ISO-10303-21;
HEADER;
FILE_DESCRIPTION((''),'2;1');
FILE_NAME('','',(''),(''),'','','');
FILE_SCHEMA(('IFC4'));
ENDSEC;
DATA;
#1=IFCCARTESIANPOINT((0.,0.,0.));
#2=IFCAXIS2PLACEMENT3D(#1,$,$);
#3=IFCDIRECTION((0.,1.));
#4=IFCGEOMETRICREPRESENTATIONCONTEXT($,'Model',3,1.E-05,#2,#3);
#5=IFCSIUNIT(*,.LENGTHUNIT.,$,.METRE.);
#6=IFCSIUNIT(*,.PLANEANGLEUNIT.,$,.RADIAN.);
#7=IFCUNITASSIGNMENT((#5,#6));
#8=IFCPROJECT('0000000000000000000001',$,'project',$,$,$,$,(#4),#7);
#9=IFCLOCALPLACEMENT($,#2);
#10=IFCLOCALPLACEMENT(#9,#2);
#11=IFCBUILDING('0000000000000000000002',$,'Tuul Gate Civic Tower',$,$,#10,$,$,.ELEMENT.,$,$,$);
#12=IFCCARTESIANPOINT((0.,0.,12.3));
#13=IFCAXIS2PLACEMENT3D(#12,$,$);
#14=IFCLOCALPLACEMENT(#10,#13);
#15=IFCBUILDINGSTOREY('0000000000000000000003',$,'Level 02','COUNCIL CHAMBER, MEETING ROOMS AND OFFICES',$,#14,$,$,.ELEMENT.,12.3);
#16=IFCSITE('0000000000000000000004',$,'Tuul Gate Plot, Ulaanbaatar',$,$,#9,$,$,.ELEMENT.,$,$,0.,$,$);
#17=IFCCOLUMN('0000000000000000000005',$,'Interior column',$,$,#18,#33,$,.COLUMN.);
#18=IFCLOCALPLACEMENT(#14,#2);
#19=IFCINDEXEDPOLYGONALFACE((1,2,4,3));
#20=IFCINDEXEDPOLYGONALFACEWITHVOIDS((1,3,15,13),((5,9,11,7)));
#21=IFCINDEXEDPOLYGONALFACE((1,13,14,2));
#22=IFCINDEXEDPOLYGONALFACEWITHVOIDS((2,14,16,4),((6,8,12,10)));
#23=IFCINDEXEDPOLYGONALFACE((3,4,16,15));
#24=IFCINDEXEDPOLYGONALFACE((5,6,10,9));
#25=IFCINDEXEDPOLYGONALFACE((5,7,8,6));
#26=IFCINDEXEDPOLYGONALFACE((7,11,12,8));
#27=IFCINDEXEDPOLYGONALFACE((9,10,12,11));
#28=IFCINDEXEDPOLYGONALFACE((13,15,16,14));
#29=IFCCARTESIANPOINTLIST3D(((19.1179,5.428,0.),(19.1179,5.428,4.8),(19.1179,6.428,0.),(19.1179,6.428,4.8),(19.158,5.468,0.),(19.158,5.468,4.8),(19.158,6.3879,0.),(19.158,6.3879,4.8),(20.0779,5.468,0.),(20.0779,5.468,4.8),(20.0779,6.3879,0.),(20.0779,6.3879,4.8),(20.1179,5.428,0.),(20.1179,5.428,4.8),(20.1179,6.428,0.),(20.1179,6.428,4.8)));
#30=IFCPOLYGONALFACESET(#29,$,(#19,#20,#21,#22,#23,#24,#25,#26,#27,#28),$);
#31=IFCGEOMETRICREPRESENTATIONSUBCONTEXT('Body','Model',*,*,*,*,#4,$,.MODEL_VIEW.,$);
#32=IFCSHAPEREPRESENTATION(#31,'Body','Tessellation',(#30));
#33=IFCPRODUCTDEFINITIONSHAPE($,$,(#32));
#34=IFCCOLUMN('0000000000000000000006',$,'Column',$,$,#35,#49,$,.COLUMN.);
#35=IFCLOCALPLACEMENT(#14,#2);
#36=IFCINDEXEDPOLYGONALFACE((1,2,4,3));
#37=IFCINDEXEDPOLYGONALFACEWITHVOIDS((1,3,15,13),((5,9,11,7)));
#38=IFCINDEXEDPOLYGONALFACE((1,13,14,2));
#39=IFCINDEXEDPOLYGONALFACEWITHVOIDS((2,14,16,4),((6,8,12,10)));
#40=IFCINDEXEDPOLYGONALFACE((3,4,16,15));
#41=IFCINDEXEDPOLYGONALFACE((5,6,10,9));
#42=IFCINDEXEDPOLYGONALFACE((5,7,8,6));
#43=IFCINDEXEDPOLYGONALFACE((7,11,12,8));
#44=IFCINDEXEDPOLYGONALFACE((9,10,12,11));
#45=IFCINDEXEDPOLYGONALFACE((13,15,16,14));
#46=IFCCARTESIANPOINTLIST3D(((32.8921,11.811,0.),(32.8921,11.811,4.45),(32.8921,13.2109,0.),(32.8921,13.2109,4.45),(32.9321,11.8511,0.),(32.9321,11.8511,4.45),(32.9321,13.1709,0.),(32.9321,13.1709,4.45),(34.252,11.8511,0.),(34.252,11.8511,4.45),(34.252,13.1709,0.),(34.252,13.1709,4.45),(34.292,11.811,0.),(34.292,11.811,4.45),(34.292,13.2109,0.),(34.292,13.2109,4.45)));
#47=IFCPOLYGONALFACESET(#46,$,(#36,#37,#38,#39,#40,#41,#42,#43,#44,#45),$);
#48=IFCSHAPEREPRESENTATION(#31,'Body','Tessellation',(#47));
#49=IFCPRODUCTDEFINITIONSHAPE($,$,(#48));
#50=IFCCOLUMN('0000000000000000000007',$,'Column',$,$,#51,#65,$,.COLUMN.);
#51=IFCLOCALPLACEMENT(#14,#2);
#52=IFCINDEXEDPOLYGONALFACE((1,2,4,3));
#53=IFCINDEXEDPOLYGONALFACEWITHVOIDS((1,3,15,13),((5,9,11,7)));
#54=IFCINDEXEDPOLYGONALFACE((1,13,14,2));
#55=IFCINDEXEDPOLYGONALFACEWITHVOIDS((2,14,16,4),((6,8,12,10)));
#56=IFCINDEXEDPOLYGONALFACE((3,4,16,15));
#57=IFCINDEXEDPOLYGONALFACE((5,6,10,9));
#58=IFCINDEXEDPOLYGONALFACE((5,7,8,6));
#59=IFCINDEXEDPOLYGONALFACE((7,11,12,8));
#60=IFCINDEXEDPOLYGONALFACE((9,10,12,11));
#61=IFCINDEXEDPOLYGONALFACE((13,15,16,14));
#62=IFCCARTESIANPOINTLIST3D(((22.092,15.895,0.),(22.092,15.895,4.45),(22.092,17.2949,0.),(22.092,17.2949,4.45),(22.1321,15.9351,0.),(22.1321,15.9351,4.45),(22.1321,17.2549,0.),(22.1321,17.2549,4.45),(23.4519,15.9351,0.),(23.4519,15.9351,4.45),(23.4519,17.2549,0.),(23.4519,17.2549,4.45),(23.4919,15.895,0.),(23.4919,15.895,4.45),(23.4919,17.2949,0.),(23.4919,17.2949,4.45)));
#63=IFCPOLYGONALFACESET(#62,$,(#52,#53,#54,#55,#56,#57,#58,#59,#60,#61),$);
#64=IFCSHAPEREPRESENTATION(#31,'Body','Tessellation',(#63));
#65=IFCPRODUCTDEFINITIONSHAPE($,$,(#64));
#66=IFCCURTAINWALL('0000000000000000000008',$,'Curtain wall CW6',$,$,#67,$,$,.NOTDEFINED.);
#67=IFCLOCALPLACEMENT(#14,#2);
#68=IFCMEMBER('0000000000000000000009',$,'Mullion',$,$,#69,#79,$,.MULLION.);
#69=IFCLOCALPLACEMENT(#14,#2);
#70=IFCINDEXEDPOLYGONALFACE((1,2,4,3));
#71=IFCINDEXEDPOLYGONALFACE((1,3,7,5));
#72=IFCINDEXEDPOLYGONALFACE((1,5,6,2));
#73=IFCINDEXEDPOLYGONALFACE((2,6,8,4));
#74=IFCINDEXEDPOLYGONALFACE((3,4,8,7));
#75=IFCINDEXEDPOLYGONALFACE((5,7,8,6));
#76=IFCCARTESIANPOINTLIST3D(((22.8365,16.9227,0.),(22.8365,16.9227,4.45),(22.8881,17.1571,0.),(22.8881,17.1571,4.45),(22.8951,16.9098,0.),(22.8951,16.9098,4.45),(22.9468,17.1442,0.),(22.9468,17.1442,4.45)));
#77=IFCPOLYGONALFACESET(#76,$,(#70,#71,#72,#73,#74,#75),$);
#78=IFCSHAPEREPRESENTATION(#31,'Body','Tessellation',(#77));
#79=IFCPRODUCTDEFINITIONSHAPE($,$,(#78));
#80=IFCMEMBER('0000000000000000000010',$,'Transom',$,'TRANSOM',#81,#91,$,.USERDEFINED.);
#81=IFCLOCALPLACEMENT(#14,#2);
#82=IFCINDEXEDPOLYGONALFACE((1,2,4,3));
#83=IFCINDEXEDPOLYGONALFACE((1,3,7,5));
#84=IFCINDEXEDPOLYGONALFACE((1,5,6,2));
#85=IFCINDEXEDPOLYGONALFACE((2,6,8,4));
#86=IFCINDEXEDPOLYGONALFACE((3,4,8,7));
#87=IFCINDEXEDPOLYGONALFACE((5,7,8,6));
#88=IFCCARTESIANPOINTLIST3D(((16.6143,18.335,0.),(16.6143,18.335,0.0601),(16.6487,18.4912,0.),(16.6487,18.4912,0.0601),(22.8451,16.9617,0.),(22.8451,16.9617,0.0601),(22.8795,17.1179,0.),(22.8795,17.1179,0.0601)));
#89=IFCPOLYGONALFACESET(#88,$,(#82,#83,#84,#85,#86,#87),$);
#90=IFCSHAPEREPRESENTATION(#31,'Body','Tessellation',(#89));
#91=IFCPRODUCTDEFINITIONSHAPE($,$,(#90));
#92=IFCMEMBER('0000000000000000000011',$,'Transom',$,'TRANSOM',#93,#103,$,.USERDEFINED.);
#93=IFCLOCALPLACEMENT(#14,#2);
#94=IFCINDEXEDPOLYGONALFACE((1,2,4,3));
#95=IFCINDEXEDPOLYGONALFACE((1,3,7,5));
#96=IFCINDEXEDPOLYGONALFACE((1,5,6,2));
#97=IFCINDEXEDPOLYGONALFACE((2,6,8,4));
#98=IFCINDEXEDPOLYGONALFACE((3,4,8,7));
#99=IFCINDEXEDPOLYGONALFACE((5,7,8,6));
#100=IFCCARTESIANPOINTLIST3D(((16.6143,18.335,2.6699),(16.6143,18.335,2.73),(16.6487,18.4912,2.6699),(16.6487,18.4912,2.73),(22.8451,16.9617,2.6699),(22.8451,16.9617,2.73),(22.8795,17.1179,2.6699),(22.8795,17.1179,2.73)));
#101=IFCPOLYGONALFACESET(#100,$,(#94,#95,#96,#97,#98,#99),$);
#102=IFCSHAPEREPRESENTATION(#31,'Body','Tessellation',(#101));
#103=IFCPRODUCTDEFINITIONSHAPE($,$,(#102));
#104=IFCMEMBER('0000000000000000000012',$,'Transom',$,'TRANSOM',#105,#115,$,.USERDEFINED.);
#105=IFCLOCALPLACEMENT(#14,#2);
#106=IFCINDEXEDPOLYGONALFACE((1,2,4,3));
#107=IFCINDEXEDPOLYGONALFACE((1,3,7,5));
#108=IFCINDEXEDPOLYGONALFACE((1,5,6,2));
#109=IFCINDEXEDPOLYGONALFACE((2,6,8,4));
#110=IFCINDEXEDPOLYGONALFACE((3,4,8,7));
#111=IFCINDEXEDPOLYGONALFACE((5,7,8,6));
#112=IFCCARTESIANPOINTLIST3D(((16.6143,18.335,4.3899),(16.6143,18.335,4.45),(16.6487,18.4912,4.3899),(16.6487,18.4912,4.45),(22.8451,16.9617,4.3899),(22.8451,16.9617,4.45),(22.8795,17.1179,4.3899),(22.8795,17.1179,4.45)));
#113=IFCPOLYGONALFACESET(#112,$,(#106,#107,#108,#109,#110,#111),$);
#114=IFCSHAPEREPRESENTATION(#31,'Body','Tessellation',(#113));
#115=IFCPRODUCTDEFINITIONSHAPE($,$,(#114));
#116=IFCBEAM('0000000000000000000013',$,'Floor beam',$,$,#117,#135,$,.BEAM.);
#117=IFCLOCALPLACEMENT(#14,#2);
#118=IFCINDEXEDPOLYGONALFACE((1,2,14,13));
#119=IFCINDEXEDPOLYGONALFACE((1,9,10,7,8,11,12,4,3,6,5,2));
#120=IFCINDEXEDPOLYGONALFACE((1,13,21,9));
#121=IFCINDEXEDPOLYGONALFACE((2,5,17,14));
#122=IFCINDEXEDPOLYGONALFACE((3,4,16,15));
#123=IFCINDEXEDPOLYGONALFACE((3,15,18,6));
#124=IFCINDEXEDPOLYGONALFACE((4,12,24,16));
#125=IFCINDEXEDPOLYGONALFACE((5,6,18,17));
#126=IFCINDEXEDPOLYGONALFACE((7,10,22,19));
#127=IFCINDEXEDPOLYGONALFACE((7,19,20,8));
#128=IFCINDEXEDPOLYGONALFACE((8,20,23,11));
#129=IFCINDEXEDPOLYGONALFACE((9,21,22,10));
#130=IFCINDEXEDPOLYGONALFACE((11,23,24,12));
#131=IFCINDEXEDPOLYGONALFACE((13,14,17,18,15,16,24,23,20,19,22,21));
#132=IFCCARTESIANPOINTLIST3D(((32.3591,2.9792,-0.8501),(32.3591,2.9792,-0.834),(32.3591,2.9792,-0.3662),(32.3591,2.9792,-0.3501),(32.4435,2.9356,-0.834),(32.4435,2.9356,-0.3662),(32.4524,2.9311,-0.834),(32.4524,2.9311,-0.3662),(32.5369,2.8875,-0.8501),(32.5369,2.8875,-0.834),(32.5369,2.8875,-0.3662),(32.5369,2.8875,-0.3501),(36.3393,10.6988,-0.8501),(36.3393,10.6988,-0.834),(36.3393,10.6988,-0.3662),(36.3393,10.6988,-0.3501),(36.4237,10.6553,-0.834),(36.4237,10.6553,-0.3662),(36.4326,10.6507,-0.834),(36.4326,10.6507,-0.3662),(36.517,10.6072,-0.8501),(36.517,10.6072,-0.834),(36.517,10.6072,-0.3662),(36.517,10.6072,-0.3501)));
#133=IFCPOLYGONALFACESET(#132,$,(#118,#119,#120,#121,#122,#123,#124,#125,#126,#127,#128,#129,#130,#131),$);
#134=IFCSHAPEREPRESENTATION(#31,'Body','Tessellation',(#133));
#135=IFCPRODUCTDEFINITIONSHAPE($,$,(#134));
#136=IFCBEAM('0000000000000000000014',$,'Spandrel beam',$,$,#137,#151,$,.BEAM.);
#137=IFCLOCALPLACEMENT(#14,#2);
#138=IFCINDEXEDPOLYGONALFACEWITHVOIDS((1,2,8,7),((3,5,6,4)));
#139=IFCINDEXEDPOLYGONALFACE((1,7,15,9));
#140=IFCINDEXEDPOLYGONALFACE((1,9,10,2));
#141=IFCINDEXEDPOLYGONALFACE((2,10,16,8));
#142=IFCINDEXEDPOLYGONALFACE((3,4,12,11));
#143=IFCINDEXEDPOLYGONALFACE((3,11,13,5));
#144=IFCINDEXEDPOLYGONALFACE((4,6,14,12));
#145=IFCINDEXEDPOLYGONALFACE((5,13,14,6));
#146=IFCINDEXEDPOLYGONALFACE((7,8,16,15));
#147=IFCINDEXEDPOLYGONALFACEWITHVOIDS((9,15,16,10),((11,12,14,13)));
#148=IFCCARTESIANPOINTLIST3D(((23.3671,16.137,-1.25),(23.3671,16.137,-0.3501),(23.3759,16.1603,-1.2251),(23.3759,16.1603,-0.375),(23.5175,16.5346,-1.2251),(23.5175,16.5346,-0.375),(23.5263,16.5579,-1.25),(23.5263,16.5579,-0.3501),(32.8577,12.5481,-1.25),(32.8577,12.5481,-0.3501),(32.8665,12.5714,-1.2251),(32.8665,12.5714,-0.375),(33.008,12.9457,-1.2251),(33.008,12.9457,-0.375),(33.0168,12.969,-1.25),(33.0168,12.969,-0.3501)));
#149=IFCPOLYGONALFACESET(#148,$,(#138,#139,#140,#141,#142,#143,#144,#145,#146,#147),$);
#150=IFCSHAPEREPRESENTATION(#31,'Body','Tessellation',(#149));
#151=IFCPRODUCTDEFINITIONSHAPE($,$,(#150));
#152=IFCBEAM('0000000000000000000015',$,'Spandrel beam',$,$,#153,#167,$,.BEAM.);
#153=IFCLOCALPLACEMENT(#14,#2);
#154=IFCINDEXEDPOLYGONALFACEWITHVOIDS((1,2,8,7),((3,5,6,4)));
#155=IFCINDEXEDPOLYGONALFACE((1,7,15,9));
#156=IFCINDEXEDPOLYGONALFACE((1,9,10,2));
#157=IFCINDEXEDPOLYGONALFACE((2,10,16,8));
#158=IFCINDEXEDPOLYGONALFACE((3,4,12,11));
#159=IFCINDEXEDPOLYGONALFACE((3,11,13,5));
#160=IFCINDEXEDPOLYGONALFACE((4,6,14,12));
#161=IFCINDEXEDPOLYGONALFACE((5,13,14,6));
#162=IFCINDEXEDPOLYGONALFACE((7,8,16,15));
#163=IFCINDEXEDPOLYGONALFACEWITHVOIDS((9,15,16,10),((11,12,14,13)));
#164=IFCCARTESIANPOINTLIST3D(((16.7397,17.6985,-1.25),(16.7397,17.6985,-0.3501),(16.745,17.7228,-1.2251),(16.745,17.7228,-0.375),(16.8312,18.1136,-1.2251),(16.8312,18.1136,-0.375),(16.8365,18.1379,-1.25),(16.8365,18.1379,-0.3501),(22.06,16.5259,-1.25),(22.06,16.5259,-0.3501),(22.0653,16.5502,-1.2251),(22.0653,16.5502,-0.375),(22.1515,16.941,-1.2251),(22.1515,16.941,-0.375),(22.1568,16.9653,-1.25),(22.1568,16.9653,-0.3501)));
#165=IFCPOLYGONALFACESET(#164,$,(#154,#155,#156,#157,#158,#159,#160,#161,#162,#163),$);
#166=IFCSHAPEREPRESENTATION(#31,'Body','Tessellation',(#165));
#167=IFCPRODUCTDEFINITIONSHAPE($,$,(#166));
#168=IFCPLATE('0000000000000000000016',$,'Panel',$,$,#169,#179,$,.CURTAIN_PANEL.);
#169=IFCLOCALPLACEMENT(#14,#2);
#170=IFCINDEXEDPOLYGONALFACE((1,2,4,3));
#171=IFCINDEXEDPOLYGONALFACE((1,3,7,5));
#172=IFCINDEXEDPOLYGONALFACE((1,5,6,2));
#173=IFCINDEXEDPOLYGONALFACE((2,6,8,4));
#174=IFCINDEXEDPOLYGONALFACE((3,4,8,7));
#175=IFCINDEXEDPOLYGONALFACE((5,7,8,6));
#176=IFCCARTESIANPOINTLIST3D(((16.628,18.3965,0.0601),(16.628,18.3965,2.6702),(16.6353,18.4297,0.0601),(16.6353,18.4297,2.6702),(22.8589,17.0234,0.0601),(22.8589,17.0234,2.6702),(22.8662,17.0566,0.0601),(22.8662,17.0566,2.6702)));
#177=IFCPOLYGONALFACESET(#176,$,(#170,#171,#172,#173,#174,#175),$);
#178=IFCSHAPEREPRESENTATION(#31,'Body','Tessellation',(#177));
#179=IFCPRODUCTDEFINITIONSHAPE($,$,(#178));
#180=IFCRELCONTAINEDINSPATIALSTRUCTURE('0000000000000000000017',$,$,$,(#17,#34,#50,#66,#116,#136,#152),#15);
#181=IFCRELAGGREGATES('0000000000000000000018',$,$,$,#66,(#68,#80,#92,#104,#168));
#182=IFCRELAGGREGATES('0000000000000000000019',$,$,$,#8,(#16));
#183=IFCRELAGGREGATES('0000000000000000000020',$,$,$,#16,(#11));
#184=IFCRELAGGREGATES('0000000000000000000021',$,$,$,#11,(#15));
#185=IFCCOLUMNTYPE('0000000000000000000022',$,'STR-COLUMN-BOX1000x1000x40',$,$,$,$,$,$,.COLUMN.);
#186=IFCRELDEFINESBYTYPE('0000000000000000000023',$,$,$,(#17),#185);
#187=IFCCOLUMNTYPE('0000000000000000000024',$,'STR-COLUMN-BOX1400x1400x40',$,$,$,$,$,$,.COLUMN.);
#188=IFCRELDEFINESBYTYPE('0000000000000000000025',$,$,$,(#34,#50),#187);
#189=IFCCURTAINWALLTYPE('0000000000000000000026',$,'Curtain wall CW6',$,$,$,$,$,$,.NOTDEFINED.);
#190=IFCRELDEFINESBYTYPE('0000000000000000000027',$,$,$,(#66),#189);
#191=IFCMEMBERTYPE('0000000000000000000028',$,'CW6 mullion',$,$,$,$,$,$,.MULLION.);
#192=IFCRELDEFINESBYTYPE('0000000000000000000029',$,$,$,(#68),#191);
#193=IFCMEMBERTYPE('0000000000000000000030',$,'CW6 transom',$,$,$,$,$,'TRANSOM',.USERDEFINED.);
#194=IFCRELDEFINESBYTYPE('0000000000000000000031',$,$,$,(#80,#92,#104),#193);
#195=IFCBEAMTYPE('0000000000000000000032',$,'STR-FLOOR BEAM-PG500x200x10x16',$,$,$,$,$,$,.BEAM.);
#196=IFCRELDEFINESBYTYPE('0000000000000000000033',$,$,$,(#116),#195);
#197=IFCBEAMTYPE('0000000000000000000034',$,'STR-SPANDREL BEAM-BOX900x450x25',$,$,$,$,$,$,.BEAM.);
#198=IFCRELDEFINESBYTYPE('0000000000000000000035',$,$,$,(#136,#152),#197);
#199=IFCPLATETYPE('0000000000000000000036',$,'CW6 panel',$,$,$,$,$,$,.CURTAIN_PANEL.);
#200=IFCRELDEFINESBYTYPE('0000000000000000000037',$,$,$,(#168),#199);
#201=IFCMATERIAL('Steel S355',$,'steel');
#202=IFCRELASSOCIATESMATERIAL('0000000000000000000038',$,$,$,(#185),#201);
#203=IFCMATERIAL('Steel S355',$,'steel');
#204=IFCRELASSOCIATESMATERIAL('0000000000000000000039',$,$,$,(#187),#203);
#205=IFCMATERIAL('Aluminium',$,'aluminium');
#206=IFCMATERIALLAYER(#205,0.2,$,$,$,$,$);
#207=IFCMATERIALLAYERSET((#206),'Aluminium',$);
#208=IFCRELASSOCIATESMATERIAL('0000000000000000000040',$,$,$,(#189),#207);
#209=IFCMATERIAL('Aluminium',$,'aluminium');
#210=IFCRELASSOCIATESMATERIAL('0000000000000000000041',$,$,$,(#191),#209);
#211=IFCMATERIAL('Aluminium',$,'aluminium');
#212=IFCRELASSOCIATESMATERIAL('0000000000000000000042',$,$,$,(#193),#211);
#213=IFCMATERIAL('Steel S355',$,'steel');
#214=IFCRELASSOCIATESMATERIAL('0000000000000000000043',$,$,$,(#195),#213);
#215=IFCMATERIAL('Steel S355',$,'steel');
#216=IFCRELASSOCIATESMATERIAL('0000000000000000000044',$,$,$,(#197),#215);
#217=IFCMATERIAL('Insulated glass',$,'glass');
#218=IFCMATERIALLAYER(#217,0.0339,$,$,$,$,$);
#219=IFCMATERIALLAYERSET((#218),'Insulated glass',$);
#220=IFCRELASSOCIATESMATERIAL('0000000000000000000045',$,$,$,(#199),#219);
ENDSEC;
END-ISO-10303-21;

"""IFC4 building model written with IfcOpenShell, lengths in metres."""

from ifc_helpers import new_model, si_unit, direction, frame, origin, origin_2d, place, context, subcontext, project, spatial, rectangle, hollow_rectangle, i_section, extrude, material, layer, layer_set, material_profile, profile_set, type_object, element, aggregate, save


model = new_model("IFC4")

# Units and contexts
model_context = context("Model", 3, precision=1e-05, world=origin(), true_north=direction((0.0, 1.0)))
body_context = subcontext(model_context, "Body", "Model", "MODEL_VIEW")
ifc_project = project(units=[si_unit("LENGTHUNIT", "METRE"), si_unit("PLANEANGLEUNIT", "RADIAN")], contexts=[model_context])

# Site, building, storey
site_placement = place(None, origin())
site = spatial("IfcSite", under=ifc_project, at=site_placement, Name="Tuul Gate Plot, Ulaanbaatar", CompositionType="ELEMENT", RefElevation=0.0)
building_placement = place(site_placement, origin())
building = spatial("IfcBuilding", under=site, at=building_placement, Name="Tuul Gate Civic Tower", CompositionType="ELEMENT")
storey_placement = place(building_placement, frame((0.0, 0.0, 12.3)))
storey = spatial("IfcBuildingStorey", under=building, at=storey_placement, Name="Level 02", Description="COUNCIL CHAMBER, MEETING ROOMS AND OFFICES", CompositionType="ELEMENT", Elevation=12.3)

# Columns
ifc_material_1 = material(Name="Steel S355", Category="steel")
ifc_material_profile_1 = material_profile(ifc_material_1, hollow_rectangle(XDim=1.0, YDim=1.0, WallThickness=0.04, at=origin_2d()), Name="BOX1000x1000x40")
ifc_profile_set_1 = profile_set([ifc_material_profile_1], Name="Steel S355")
column_type_1 = type_object("IfcColumnType", Name="STR-COLUMN-BOX1000x1000x40", PredefinedType="COLUMN", material=ifc_profile_set_1)
column_placement = place(storey_placement, frame((19.6179, 5.928, 0.0), z_axis=(0.0, 0.0, 1.0), x_axis=(1.0, 0.0, 0.0)))
element("IfcColumn", 1, at=column_placement, inside=storey, type_object=column_type_1, Name="Interior column", PredefinedType="COLUMN", context=body_context, shape_type="SweptSolid", body=[
    extrude(hollow_rectangle(XDim=1.0, YDim=1.0, WallThickness=0.04, at=origin_2d()), origin(), (0.0, 0.0, 1.0), 4.8),
])
ifc_material_2 = material(Name="Steel S355", Category="steel")
ifc_material_profile_2 = material_profile(ifc_material_2, hollow_rectangle(XDim=1.3999, YDim=1.3999, WallThickness=0.04, at=origin_2d()), Name="BOX1400x1400x40")
ifc_profile_set_2 = profile_set([ifc_material_profile_2], Name="Steel S355")
column_type_2 = type_object("IfcColumnType", Name="STR-COLUMN-BOX1400x1400x40", PredefinedType="COLUMN", material=ifc_profile_set_2)
for number, where, z_axis, x_axis, name in (
    (2, (33.592, 12.511, 0.0), (0.0, 0.0, 1.0), (1.0, 0.0, 0.0), "Column"),
    (3, (22.792, 16.595, 0.0), (0.0, 0.0, 1.0), (1.0, 0.0, 0.0), "Column"),
):
    element("IfcColumn", number, at=place(storey_placement, frame(where, z_axis=z_axis, x_axis=x_axis)), inside=storey, type_object=column_type_2, Name=name, PredefinedType="COLUMN", context=body_context, shape_type="SweptSolid", body=[
        extrude(hollow_rectangle(XDim=1.3999, YDim=1.3999, WallThickness=0.04, at=origin_2d()), origin(), (0.0, 0.0, 1.0), 4.45),
    ])

# Curtain wall, members
ifc_material_3 = material(Name="Aluminium", Category="aluminium")
ifc_layer_1 = layer(ifc_material_3, 0.2)
ifc_layer_set_1 = layer_set([ifc_layer_1], Name="Aluminium")
curtain_wall_type = type_object("IfcCurtainWallType", Name="Curtain wall CW6", PredefinedType="NOTDEFINED", material=ifc_layer_set_1)
curtain_wall_placement = place(storey_placement, origin())
curtain_wall = element("IfcCurtainWall", 4, at=curtain_wall_placement, inside=storey, type_object=curtain_wall_type, Name="Curtain wall CW6", PredefinedType="NOTDEFINED")
ifc_material_4 = material(Name="Aluminium", Category="aluminium")
ifc_material_profile_3 = material_profile(ifc_material_4, rectangle(XDim=0.24, YDim=0.0601, at=origin_2d()), Name="CW6 mullion")
ifc_profile_set_3 = profile_set([ifc_material_profile_3], Name="Aluminium")
member_type_1 = type_object("IfcMemberType", Name="CW6 mullion", PredefinedType="MULLION", material=ifc_profile_set_3)
member_1_placement = place(storey_placement, frame((22.8916, 17.0334, 0.0), z_axis=(0.0, 0.0, 1.0), x_axis=(-0.215207, -0.976569, 0.0)))
member_1 = element("IfcMember", 5, at=member_1_placement, type_object=member_type_1, Name="Mullion", PredefinedType="MULLION", context=body_context, shape_type="SweptSolid", body=[
    extrude(rectangle(XDim=0.24, YDim=0.0601, at=origin_2d()), origin(), (0.0, 0.0, 1.0), 4.45),
])
ifc_material_5 = material(Name="Aluminium", Category="aluminium")
ifc_material_profile_4 = material_profile(ifc_material_5, rectangle(XDim=0.1599, YDim=0.0601, at=origin_2d()), Name="CW6 transom")
ifc_profile_set_4 = profile_set([ifc_material_profile_4], Name="Aluminium")
member_type_2 = type_object("IfcMemberType", Name="CW6 transom", ElementType="TRANSOM", PredefinedType="USERDEFINED", material=ifc_profile_set_4)
member_2_placement = place(storey_placement, frame((22.8623, 17.0398, 0.03), z_axis=(-0.976561, 0.215241, 0.0), x_axis=(-0.215241, -0.976561, 0.0)))
member_2 = element("IfcMember", 6, at=member_2_placement, type_object=member_type_2, Name="Transom", ObjectType="TRANSOM", PredefinedType="USERDEFINED", context=body_context, shape_type="SweptSolid", body=[
    extrude(rectangle(XDim=0.1599, YDim=0.0601, at=origin_2d()), origin(), (0.0, 0.0, 1.0), 6.3804),
])
member_3_placement = place(storey_placement, frame((22.8623, 17.0398, 2.7), z_axis=(-0.976561, 0.215241, 0.0), x_axis=(-0.215241, -0.976561, 0.0)))
member_3 = element("IfcMember", 7, at=member_3_placement, type_object=member_type_2, Name="Transom", ObjectType="TRANSOM", PredefinedType="USERDEFINED", context=body_context, shape_type="SweptSolid", body=[
    extrude(rectangle(XDim=0.1599, YDim=0.0601, at=origin_2d()), origin(), (0.0, 0.0, 1.0), 6.3804),
])
member_4_placement = place(storey_placement, frame((22.8623, 17.0398, 4.4199), z_axis=(-0.976561, 0.215241, 0.0), x_axis=(-0.215241, -0.976561, 0.0)))
member_4 = element("IfcMember", 8, at=member_4_placement, type_object=member_type_2, Name="Transom", ObjectType="TRANSOM", PredefinedType="USERDEFINED", context=body_context, shape_type="SweptSolid", body=[
    extrude(rectangle(XDim=0.1599, YDim=0.0601, at=origin_2d()), origin(), (0.0, 0.0, 1.0), 6.3804),
])

# Beams
ifc_material_6 = material(Name="Steel S355", Category="steel")
ifc_material_profile_5 = material_profile(ifc_material_6, i_section(OverallWidth=0.2, OverallDepth=0.5, WebThickness=0.01, FlangeThickness=0.0161, at=origin_2d()), Name="PG500x200x10x16")
ifc_profile_set_5 = profile_set([ifc_material_profile_5], Name="Steel S355")
beam_type_1 = type_object("IfcBeamType", Name="STR-FLOOR BEAM-PG500x200x10x16", PredefinedType="BEAM", material=ifc_profile_set_5)
beam_1_placement = place(storey_placement, frame((32.448, 2.9333, -0.6001), z_axis=(0.458266, 0.888815, 0.0), x_axis=(-0.888815, 0.458266, 0.0)))
element("IfcBeam", 9, at=beam_1_placement, inside=storey, type_object=beam_type_1, Name="Floor beam", PredefinedType="BEAM", context=body_context, shape_type="SweptSolid", body=[
    extrude(i_section(OverallWidth=0.2, OverallDepth=0.5, WebThickness=0.01, FlangeThickness=0.0161, at=origin_2d()), origin(), (0.0, 0.0, 1.0), 8.6853),
])
ifc_material_7 = material(Name="Steel S355", Category="steel")
ifc_material_profile_6 = material_profile(ifc_material_7, hollow_rectangle(XDim=0.45, YDim=0.8999, WallThickness=0.0249, at=origin_2d()), Name="BOX900x450x25")
ifc_profile_set_6 = profile_set([ifc_material_profile_6], Name="Steel S355")
beam_type_2 = type_object("IfcBeamType", Name="STR-SPANDREL BEAM-BOX900x450x25", PredefinedType="BEAM", material=ifc_profile_set_6)
beam_2_placement = place(storey_placement, frame((32.9373, 12.7585, -0.8), z_axis=(-0.935356, 0.353709, 0.0), x_axis=(-0.353709, -0.935356, 0.0)))
element("IfcBeam", 10, at=beam_2_placement, inside=storey, type_object=beam_type_2, Name="Spandrel beam", PredefinedType="BEAM", context=body_context, shape_type="SweptSolid", body=[
    extrude(hollow_rectangle(XDim=0.45, YDim=0.8999, WallThickness=0.0249, at=origin_2d()), origin(), (0.0, 0.0, 1.0), 10.1465),
])
beam_3_placement = place(storey_placement, frame((22.1084, 16.7456, -0.8), z_axis=(-0.976562, 0.215236, 0.0), x_axis=(-0.215236, -0.976562, 0.0)))
element("IfcBeam", 11, at=beam_3_placement, inside=storey, type_object=beam_type_2, Name="Spandrel beam", PredefinedType="BEAM", context=body_context, shape_type="SweptSolid", body=[
    extrude(hollow_rectangle(XDim=0.45, YDim=0.8999, WallThickness=0.0249, at=origin_2d()), origin(), (0.0, 0.0, 1.0), 5.448),
])

# Plate
ifc_material_8 = material(Name="Insulated glass", Category="glass")
ifc_layer_2 = layer(ifc_material_8, 0.0339)
ifc_layer_set_2 = layer_set([ifc_layer_2], Name="Insulated glass")
plate_type = type_object("IfcPlateType", Name="CW6 panel", PredefinedType="CURTAIN_PANEL", material=ifc_layer_set_2)
plate_1_placement = place(storey_placement, frame((19.7471, 17.7266, 0.0601), z_axis=(0.0, 0.0, 1.0), x_axis=(-0.976569, 0.215207, 0.0)))
plate_1 = element("IfcPlate", 12, at=plate_1_placement, type_object=plate_type, Name="Panel", PredefinedType="CURTAIN_PANEL", context=body_context, shape_type="SweptSolid", body=[
    extrude(rectangle(XDim=6.3804, YDim=0.0339, at=origin_2d()), origin(), (0.0, 0.0, 1.0), 2.6101),
])
aggregate(curtain_wall, [member_1, member_2, member_3, member_4, plate_1])

save(model, "model.ifc")
